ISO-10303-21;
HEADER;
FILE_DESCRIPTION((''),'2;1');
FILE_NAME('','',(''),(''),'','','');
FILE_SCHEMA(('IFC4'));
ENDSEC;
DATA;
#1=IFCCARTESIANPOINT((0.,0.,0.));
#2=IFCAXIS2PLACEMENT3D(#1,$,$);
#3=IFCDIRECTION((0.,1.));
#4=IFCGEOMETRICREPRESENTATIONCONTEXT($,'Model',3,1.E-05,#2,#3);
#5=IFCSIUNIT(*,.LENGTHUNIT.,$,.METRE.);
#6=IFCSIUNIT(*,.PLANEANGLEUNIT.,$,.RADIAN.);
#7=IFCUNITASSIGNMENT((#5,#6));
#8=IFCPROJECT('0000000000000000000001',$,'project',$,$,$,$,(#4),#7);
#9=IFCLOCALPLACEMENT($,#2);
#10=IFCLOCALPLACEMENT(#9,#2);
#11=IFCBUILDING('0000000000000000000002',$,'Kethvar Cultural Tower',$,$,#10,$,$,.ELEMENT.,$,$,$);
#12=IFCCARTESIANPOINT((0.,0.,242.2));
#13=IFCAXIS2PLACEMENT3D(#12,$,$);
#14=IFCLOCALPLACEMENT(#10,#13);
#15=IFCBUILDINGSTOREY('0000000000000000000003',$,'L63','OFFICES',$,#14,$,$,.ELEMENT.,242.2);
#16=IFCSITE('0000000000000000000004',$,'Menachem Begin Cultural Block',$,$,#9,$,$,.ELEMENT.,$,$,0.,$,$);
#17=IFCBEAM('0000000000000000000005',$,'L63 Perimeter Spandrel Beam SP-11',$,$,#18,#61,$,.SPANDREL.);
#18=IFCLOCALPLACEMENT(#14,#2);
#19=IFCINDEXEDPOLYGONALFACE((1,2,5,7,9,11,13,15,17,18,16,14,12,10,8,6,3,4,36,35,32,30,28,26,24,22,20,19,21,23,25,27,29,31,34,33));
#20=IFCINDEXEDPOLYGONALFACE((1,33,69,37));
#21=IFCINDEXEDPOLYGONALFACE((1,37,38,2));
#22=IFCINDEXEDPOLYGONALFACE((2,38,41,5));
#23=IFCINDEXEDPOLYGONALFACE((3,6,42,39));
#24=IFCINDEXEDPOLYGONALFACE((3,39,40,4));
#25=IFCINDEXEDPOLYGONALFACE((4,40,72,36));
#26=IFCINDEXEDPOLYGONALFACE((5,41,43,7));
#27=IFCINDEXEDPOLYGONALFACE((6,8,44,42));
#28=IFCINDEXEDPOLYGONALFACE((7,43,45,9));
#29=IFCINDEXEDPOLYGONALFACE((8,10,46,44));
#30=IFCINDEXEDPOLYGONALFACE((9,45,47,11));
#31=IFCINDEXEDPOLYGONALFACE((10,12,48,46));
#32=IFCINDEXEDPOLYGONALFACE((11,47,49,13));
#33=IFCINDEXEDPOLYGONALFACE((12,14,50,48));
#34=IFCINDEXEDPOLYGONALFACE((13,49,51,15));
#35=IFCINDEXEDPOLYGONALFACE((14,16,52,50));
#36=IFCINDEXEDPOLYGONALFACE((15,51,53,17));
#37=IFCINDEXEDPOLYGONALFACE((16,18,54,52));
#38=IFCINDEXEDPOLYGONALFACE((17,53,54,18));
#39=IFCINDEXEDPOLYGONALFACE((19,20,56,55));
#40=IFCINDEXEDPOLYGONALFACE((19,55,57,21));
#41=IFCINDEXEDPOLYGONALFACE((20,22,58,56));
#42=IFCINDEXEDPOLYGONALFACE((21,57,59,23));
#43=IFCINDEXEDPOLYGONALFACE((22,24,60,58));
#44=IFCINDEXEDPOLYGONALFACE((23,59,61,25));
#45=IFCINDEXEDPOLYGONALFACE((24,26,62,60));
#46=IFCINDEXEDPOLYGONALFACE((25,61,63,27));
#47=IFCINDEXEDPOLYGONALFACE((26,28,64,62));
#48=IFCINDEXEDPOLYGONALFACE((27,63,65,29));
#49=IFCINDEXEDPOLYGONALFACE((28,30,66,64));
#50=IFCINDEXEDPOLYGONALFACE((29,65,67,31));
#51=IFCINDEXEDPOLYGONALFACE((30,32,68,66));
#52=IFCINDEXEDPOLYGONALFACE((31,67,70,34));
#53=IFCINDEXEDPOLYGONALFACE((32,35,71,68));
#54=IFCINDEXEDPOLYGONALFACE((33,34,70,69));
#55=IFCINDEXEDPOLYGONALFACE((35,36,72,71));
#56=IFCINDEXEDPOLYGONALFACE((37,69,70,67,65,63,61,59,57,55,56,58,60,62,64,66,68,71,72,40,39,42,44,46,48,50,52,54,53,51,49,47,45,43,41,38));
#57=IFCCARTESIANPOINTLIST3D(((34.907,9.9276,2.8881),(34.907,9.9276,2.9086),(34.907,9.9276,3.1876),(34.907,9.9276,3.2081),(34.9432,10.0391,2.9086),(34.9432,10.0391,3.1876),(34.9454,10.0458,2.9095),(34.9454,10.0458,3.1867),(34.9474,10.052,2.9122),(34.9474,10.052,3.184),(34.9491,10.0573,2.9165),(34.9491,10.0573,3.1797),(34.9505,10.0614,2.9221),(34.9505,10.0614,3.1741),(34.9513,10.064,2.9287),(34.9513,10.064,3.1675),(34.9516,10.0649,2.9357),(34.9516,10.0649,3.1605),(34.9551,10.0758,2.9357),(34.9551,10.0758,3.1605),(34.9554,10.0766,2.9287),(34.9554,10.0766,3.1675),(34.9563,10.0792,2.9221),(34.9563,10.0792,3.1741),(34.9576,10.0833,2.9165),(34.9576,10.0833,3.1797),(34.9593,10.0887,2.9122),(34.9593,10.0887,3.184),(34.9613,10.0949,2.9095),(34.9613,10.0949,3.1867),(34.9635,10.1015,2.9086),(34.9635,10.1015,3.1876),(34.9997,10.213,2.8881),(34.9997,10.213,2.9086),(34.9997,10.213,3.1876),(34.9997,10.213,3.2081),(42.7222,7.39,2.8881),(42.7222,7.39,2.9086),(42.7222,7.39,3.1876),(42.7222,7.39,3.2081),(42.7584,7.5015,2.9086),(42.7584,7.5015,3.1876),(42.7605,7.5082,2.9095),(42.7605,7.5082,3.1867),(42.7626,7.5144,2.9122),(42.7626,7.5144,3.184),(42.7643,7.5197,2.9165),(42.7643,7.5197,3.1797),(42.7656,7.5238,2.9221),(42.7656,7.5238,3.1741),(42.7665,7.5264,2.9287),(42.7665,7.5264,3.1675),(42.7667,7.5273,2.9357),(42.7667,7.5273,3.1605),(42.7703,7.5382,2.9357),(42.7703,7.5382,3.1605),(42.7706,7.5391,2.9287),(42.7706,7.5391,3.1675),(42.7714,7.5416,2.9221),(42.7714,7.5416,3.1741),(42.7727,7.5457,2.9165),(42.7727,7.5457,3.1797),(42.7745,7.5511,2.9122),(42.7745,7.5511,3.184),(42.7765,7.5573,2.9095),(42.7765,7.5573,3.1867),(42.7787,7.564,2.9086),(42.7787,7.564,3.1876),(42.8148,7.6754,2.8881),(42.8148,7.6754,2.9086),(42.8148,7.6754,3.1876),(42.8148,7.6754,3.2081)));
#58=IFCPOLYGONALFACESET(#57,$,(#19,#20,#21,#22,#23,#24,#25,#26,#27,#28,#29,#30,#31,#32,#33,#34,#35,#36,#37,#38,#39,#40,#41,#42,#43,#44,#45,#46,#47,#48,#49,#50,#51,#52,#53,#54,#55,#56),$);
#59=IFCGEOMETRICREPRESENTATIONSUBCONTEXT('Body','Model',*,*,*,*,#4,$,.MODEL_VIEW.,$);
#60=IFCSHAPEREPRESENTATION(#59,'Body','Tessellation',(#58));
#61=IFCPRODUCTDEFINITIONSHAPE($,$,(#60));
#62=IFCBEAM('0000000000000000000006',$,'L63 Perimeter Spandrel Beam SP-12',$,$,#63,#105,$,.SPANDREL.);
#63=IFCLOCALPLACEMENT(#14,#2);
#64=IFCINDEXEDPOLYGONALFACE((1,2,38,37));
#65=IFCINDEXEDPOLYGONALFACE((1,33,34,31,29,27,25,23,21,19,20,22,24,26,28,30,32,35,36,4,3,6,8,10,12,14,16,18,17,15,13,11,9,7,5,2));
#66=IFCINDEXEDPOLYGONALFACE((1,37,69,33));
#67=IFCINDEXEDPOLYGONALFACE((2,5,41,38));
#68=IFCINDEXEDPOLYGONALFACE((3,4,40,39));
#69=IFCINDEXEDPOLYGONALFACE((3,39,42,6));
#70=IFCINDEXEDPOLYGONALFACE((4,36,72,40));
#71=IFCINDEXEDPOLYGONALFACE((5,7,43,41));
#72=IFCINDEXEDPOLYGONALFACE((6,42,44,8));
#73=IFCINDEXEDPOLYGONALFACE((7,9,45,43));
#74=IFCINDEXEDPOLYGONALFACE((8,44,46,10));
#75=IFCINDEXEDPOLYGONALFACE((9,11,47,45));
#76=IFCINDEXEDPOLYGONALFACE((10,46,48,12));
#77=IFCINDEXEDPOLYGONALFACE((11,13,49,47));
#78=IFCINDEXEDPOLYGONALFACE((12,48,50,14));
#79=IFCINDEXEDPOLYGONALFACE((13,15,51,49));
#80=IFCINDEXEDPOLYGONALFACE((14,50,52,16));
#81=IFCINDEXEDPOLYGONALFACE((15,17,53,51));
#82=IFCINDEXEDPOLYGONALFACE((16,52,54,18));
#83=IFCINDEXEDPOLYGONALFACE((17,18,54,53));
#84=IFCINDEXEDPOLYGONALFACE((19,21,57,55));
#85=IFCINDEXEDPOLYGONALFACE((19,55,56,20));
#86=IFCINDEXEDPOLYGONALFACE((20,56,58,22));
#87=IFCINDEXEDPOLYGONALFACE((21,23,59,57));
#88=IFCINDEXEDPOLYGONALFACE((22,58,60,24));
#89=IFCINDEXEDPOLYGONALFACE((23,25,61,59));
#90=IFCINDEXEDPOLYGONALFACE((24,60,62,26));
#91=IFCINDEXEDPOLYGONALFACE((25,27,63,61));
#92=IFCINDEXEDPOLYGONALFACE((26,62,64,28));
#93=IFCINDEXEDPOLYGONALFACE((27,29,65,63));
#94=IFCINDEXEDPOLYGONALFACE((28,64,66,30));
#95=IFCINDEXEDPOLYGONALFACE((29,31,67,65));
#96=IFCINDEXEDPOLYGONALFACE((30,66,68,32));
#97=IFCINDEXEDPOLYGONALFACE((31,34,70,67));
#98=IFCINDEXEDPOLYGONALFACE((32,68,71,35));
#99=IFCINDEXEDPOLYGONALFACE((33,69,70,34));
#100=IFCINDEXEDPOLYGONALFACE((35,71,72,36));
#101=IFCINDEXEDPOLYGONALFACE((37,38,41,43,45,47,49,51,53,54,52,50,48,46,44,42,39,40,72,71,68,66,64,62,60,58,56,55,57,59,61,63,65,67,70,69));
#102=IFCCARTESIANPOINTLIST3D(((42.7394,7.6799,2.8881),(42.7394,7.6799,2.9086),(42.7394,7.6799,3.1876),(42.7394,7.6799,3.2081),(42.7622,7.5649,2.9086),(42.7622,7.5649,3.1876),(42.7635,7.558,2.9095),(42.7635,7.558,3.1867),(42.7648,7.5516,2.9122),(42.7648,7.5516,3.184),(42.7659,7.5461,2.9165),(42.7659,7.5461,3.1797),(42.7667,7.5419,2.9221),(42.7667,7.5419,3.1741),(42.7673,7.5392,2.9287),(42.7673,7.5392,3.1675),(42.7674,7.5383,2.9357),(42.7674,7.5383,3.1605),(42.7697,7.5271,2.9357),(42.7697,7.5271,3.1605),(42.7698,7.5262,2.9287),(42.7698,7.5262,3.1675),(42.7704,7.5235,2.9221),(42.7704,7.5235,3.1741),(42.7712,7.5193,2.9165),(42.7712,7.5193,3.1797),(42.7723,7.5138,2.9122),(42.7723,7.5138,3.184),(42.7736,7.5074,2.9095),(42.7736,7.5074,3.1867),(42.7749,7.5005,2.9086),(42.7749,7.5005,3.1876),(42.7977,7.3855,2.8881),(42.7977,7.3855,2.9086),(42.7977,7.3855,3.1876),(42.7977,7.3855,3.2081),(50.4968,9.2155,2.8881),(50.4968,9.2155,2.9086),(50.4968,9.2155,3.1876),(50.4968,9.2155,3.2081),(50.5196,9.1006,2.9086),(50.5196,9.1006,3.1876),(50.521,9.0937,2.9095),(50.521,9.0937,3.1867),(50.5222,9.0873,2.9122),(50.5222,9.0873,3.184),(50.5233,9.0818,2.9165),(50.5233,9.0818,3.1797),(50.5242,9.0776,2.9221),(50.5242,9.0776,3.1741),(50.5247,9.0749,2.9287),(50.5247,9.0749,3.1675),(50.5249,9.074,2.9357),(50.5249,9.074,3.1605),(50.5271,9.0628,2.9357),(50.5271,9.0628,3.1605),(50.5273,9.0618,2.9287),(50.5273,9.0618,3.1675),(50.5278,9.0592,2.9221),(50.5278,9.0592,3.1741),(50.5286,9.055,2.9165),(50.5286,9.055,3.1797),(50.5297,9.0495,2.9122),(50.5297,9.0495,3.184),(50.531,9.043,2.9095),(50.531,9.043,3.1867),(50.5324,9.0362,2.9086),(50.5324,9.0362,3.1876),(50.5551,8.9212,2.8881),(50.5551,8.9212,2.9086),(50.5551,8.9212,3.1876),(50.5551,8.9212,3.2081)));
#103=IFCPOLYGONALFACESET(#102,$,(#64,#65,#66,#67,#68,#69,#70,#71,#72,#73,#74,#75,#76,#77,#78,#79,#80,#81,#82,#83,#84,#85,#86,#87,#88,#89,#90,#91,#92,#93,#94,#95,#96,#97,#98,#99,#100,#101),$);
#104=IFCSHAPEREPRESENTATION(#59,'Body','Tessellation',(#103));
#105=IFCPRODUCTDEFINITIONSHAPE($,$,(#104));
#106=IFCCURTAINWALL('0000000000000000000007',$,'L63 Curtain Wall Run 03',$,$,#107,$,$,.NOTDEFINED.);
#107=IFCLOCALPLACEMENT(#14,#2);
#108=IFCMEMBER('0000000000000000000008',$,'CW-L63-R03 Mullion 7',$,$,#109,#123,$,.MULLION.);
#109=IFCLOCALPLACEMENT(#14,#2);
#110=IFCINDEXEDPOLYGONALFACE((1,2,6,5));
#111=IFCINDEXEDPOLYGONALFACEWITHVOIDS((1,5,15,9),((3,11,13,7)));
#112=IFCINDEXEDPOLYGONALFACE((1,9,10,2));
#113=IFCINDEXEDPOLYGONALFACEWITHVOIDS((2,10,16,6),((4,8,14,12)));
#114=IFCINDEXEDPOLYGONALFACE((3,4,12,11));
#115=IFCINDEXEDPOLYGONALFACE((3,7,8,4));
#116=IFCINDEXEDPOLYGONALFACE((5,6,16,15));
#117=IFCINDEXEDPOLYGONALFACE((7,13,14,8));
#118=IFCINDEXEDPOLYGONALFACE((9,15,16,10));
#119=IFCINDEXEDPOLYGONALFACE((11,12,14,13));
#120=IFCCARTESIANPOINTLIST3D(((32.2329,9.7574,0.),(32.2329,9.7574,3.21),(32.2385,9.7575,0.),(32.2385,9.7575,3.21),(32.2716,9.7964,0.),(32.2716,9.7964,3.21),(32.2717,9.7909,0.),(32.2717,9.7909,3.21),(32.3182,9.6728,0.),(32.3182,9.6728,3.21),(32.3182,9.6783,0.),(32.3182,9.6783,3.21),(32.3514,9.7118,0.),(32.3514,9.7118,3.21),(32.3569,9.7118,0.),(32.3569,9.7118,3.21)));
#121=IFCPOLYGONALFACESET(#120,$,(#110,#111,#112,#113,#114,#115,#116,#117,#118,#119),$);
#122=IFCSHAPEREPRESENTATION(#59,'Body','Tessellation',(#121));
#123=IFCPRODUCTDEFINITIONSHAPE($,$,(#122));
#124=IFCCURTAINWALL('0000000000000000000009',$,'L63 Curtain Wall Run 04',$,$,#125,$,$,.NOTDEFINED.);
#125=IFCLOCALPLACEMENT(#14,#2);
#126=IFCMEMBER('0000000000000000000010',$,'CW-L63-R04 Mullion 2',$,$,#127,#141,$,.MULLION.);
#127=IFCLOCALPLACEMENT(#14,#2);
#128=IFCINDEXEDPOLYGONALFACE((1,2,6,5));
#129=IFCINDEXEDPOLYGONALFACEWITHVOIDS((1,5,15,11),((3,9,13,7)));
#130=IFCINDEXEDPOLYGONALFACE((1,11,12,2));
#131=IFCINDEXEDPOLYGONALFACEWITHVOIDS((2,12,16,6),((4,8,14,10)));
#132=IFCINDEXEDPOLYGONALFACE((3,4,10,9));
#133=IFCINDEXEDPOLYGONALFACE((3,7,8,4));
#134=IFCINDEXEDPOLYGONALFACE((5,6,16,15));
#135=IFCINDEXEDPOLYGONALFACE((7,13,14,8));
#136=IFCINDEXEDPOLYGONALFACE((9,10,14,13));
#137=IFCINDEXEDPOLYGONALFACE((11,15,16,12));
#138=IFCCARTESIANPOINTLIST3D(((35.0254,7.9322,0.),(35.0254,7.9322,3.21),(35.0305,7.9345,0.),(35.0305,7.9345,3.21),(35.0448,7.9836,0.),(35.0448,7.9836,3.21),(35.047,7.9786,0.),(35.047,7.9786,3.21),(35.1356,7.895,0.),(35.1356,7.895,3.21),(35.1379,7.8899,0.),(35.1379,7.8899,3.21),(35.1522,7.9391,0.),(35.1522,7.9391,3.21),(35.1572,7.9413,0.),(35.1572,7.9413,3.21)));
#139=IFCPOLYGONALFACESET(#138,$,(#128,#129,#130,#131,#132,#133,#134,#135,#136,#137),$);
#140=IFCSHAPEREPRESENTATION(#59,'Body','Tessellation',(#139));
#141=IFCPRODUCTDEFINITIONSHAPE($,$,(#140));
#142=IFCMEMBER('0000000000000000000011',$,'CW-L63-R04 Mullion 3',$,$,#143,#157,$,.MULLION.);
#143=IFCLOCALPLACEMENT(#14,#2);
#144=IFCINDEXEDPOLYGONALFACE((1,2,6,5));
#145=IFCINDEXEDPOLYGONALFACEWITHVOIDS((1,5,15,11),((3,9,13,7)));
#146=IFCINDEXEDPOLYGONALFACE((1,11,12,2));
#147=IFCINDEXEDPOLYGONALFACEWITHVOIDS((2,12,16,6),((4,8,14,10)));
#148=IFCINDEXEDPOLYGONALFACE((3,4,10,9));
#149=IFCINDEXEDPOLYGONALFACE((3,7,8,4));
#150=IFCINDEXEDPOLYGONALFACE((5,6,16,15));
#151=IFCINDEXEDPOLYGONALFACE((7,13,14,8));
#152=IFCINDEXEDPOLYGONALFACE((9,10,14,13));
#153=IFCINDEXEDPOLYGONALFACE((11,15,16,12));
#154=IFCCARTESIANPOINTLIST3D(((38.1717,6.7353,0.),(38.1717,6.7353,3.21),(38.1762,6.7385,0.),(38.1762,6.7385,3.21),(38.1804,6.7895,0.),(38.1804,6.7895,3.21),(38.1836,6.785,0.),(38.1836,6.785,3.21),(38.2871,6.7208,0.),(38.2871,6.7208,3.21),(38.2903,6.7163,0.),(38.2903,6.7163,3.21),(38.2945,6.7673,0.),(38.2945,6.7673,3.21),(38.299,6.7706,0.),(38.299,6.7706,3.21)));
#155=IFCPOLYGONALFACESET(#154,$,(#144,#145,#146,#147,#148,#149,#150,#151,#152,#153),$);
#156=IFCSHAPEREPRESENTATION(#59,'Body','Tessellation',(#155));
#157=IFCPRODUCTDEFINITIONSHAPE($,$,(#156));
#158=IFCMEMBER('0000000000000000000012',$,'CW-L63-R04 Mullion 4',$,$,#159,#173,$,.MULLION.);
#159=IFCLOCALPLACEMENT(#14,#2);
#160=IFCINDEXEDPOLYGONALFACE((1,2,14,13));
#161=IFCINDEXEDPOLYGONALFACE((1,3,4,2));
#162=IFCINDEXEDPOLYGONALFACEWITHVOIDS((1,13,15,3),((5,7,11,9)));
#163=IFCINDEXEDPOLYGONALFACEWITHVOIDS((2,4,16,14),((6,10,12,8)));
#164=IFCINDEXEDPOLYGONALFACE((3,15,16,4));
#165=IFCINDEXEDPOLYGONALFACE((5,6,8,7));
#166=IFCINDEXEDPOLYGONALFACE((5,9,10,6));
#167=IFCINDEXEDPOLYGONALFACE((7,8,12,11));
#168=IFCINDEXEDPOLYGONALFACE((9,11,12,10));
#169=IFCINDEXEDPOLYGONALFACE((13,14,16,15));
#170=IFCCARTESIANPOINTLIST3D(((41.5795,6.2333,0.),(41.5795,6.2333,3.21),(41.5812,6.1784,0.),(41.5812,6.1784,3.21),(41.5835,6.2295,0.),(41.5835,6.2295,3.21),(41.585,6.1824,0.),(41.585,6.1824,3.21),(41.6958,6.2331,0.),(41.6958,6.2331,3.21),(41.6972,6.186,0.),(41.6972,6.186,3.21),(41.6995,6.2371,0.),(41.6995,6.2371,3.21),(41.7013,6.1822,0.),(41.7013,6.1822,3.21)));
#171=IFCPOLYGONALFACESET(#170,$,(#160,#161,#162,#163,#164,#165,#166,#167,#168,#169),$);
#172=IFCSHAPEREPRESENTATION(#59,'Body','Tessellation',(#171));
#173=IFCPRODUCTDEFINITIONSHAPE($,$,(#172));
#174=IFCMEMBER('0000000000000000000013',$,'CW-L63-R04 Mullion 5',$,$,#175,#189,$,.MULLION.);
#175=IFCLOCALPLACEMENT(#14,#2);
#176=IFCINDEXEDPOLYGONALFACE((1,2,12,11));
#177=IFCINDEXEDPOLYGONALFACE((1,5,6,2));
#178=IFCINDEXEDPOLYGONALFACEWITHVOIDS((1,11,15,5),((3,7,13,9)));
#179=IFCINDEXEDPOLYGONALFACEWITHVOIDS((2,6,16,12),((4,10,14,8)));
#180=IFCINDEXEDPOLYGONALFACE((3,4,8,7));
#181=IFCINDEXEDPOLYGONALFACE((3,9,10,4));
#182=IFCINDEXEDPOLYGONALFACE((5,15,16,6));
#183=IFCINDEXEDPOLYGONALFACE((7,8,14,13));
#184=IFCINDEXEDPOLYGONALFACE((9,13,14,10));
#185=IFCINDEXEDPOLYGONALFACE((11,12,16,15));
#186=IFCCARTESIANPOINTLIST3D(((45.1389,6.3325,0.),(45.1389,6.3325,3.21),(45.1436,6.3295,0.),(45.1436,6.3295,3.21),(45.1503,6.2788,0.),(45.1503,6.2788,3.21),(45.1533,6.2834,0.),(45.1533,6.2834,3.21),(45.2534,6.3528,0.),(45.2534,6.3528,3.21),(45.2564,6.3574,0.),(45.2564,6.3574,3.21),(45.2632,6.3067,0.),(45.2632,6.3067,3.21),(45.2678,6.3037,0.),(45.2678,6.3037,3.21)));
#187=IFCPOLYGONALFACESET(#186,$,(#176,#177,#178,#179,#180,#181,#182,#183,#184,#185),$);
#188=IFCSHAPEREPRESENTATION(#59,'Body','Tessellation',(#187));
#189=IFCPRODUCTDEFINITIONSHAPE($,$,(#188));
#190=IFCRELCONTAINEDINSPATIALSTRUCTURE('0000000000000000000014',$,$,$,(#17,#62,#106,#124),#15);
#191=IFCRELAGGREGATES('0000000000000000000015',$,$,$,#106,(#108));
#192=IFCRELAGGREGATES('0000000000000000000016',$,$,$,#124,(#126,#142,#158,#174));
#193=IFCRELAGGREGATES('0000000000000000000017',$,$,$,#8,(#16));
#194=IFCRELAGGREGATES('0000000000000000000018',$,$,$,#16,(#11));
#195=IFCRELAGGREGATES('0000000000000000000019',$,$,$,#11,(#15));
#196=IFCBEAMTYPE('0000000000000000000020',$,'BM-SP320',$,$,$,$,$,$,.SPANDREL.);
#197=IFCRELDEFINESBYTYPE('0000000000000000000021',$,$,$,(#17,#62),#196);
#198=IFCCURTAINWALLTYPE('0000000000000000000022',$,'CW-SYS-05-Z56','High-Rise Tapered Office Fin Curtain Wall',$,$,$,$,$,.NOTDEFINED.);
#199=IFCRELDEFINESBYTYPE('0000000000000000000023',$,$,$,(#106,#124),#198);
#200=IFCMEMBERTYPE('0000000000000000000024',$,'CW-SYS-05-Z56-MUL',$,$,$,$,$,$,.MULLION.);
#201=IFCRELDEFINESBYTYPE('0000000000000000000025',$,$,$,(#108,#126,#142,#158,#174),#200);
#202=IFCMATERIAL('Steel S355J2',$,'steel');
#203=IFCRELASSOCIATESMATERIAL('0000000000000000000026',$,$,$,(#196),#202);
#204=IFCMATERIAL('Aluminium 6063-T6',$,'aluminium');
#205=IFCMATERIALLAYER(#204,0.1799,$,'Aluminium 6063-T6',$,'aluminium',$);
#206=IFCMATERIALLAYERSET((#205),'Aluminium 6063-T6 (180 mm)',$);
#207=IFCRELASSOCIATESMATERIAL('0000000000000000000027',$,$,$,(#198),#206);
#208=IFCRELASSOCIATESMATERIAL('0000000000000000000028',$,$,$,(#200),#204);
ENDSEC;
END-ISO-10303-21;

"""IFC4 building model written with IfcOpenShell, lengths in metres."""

from ifc_helpers import new_model, si_unit, direction, frame, origin, origin_2d, place, context, subcontext, project, spatial, hollow_rectangle, i_section, extrude, source, transform, mapped, material, layer, layer_set, material_profile, profile_set, type_object, element, aggregate, save


model = new_model("IFC4")

# Units and contexts
model_context = context("Model", 3, precision=1e-05, world=origin(), true_north=direction((0.0, 1.0)))
body_context = subcontext(model_context, "Body", "Model", "MODEL_VIEW")
ifc_project = project(units=[si_unit("LENGTHUNIT", "METRE"), si_unit("PLANEANGLEUNIT", "RADIAN")], contexts=[model_context])

# Site, building, storey
site_placement = place(None, origin())
site = spatial("IfcSite", under=ifc_project, at=site_placement, Name="Menachem Begin Cultural Block", CompositionType="ELEMENT", RefElevation=0.0)
building_placement = place(site_placement, origin())
building = spatial("IfcBuilding", under=site, at=building_placement, Name="Kethvar Cultural Tower", CompositionType="ELEMENT")
storey_placement = place(building_placement, frame((0.0, 0.0, 242.2)))
storey = spatial("IfcBuildingStorey", under=building, at=storey_placement, Name="L63", Description="OFFICES", CompositionType="ELEMENT", Elevation=242.2)

# Beams
ifc_material_1 = material(Name="Steel S355J2", Category="steel")
ifc_material_profile_1 = material_profile(ifc_material_1, i_section(OverallWidth=0.3, OverallDepth=0.3201, WebThickness=0.0115, FlangeThickness=0.0205, FilletRadius=0.0271, at=origin_2d()), Name="Steel S355J2 — HEB320")
ifc_profile_set_1 = profile_set([ifc_material_profile_1], Name="Steel S355J2 — HEB320")
beam_type = type_object("IfcBeamType", Name="BM-SP320", PredefinedType="SPANDREL", material=ifc_profile_set_1)
shared_shape_1 = source(origin(), body_context, "Body", "SweptSolid", [
    extrude(i_section(OverallWidth=0.3, OverallDepth=0.3201, WebThickness=0.0115, FlangeThickness=0.0205, FilletRadius=0.0271, at=origin_2d()), origin(), (0.0, 0.0, 1.0), 8.2168),
])
beam_1_placement = place(storey_placement, frame((34.9534, 10.0703, 3.0481), z_axis=(0.951118, -0.308829, 0.0), x_axis=(0.308829, 0.951118, 0.0)))
element("IfcBeam", 1, at=beam_1_placement, inside=storey, type_object=beam_type, Name="L63 Perimeter Spandrel Beam SP-11", PredefinedType="SPANDREL", context=body_context, shape_type="MappedRepresentation", body=[
    mapped(shared_shape_1, transform((0.0, 0.0, 0.0), scale=1.0)),
])
shared_shape_2 = source(origin(), body_context, "Body", "SweptSolid", [
    extrude(i_section(OverallWidth=0.3, OverallDepth=0.3201, WebThickness=0.0115, FlangeThickness=0.0205, FilletRadius=0.0271, at=origin_2d()), origin(), (0.0, 0.0, 1.0), 7.908),
])
beam_2_placement = place(storey_placement, frame((42.7686, 7.5327, 3.0481), z_axis=(0.980964, 0.194192, 0.0), x_axis=(-0.194192, 0.980964, 0.0)))
element("IfcBeam", 2, at=beam_2_placement, inside=storey, type_object=beam_type, Name="L63 Perimeter Spandrel Beam SP-12", PredefinedType="SPANDREL", context=body_context, shape_type="MappedRepresentation", body=[
    mapped(shared_shape_2, transform((0.0, 0.0, 0.0), scale=1.0)),
])

# Curtain wall, member
ifc_material_2 = material(Name="Aluminium 6063-T6", Category="aluminium")
ifc_layer_1 = layer(ifc_material_2, 0.1799, Name="Aluminium 6063-T6", Category="aluminium")
ifc_layer_set_1 = layer_set([ifc_layer_1], Name="Aluminium 6063-T6 (180 mm)")
curtain_wall_type = type_object("IfcCurtainWallType", Name="CW-SYS-05-Z56", Description="High-Rise Tapered Office Fin Curtain Wall", PredefinedType="NOTDEFINED", material=ifc_layer_set_1)
curtain_wall_1_placement = place(storey_placement, origin())
curtain_wall_1 = element("IfcCurtainWall", 3, at=curtain_wall_1_placement, inside=storey, type_object=curtain_wall_type, Name="L63 Curtain Wall Run 03", PredefinedType="NOTDEFINED")
ifc_material_profile_2 = material_profile(ifc_material_2, hollow_rectangle(XDim=0.0549, YDim=0.1201, WallThickness=0.0039, at=origin_2d()), Name="Aluminium 6063-T6 — RHS120x55x4")
ifc_profile_set_2 = profile_set([ifc_material_profile_2], Name="Aluminium 6063-T6 — RHS120x55x4")
member_type_1 = type_object("IfcMemberType", Name="CW-SYS-05-Z56-MUL", PredefinedType="MULLION", material=ifc_profile_set_2)
shared_shape_3 = source(origin(), body_context, "Body", "SweptSolid", [
    extrude(hollow_rectangle(XDim=0.0549, YDim=0.1201, WallThickness=0.0039, at=origin_2d()), origin(), (0.0, 0.0, 1.0), 3.21),
])
member_1_placement = place(storey_placement, frame((32.2949, 9.7346, 0.0), z_axis=(0.0, 0.0, 1.0), x_axis=(0.704523, 0.709681, 0.0)))
member_1 = element("IfcMember", 4, at=member_1_placement, type_object=member_type_1, Name="CW-L63-R03 Mullion 7", PredefinedType="MULLION", context=body_context, shape_type="MappedRepresentation", body=[
    mapped(shared_shape_3, transform((0.0, 0.0, 0.0), scale=1.0)),
])
aggregate(curtain_wall_1, [member_1])

# Curtain wall, members
curtain_wall_2_placement = place(storey_placement, origin())
curtain_wall_2 = element("IfcCurtainWall", 5, at=curtain_wall_2_placement, inside=storey, type_object=curtain_wall_type, Name="L63 Curtain Wall Run 04", PredefinedType="NOTDEFINED")
member_2_placement = place(storey_placement, frame((35.0913, 7.9368, 0.0), z_axis=(0.0, 0.0, 1.0), x_axis=(0.351809, 0.936072, 0.0)))
member_2 = element("IfcMember", 6, at=member_2_placement, type_object=member_type_1, Name="CW-L63-R04 Mullion 2", PredefinedType="MULLION", context=body_context, shape_type="MappedRepresentation", body=[
    mapped(shared_shape_3, transform((0.0, 0.0, 0.0), scale=1.0)),
])
member_3_placement = place(storey_placement, frame((38.2354, 6.7529, 0.0), z_axis=(0.0, 0.0, 1.0), x_axis=(0.157624, 0.987499, 0.0)))
member_3 = element("IfcMember", 7, at=member_3_placement, type_object=member_type_1, Name="CW-L63-R04 Mullion 3", PredefinedType="MULLION", context=body_context, shape_type="MappedRepresentation", body=[
    mapped(shared_shape_3, transform((0.0, 0.0, 0.0), scale=1.0)),
])
member_4_placement = place(storey_placement, frame((41.6404, 6.2078, 0.0), z_axis=(0.0, 0.0, 1.0), x_axis=(-0.031463, 0.999505, 0.0)))
member_4 = element("IfcMember", 8, at=member_4_placement, type_object=member_type_1, Name="CW-L63-R04 Mullion 4", PredefinedType="MULLION", context=body_context, shape_type="MappedRepresentation", body=[
    mapped(shared_shape_3, transform((0.0, 0.0, 0.0), scale=1.0)),
])
member_5_placement = place(storey_placement, frame((45.2034, 6.3181, 0.0), z_axis=(0.0, 0.0, 1.0), x_axis=(-0.207143, 0.978311, 0.0)))
member_5 = element("IfcMember", 9, at=member_5_placement, type_object=member_type_1, Name="CW-L63-R04 Mullion 5", PredefinedType="MULLION", context=body_context, shape_type="MappedRepresentation", body=[
    mapped(shared_shape_3, transform((0.0, 0.0, 0.0), scale=1.0)),
])
aggregate(curtain_wall_2, [member_2, member_3, member_4, member_5])

save(model, "model.ifc")
